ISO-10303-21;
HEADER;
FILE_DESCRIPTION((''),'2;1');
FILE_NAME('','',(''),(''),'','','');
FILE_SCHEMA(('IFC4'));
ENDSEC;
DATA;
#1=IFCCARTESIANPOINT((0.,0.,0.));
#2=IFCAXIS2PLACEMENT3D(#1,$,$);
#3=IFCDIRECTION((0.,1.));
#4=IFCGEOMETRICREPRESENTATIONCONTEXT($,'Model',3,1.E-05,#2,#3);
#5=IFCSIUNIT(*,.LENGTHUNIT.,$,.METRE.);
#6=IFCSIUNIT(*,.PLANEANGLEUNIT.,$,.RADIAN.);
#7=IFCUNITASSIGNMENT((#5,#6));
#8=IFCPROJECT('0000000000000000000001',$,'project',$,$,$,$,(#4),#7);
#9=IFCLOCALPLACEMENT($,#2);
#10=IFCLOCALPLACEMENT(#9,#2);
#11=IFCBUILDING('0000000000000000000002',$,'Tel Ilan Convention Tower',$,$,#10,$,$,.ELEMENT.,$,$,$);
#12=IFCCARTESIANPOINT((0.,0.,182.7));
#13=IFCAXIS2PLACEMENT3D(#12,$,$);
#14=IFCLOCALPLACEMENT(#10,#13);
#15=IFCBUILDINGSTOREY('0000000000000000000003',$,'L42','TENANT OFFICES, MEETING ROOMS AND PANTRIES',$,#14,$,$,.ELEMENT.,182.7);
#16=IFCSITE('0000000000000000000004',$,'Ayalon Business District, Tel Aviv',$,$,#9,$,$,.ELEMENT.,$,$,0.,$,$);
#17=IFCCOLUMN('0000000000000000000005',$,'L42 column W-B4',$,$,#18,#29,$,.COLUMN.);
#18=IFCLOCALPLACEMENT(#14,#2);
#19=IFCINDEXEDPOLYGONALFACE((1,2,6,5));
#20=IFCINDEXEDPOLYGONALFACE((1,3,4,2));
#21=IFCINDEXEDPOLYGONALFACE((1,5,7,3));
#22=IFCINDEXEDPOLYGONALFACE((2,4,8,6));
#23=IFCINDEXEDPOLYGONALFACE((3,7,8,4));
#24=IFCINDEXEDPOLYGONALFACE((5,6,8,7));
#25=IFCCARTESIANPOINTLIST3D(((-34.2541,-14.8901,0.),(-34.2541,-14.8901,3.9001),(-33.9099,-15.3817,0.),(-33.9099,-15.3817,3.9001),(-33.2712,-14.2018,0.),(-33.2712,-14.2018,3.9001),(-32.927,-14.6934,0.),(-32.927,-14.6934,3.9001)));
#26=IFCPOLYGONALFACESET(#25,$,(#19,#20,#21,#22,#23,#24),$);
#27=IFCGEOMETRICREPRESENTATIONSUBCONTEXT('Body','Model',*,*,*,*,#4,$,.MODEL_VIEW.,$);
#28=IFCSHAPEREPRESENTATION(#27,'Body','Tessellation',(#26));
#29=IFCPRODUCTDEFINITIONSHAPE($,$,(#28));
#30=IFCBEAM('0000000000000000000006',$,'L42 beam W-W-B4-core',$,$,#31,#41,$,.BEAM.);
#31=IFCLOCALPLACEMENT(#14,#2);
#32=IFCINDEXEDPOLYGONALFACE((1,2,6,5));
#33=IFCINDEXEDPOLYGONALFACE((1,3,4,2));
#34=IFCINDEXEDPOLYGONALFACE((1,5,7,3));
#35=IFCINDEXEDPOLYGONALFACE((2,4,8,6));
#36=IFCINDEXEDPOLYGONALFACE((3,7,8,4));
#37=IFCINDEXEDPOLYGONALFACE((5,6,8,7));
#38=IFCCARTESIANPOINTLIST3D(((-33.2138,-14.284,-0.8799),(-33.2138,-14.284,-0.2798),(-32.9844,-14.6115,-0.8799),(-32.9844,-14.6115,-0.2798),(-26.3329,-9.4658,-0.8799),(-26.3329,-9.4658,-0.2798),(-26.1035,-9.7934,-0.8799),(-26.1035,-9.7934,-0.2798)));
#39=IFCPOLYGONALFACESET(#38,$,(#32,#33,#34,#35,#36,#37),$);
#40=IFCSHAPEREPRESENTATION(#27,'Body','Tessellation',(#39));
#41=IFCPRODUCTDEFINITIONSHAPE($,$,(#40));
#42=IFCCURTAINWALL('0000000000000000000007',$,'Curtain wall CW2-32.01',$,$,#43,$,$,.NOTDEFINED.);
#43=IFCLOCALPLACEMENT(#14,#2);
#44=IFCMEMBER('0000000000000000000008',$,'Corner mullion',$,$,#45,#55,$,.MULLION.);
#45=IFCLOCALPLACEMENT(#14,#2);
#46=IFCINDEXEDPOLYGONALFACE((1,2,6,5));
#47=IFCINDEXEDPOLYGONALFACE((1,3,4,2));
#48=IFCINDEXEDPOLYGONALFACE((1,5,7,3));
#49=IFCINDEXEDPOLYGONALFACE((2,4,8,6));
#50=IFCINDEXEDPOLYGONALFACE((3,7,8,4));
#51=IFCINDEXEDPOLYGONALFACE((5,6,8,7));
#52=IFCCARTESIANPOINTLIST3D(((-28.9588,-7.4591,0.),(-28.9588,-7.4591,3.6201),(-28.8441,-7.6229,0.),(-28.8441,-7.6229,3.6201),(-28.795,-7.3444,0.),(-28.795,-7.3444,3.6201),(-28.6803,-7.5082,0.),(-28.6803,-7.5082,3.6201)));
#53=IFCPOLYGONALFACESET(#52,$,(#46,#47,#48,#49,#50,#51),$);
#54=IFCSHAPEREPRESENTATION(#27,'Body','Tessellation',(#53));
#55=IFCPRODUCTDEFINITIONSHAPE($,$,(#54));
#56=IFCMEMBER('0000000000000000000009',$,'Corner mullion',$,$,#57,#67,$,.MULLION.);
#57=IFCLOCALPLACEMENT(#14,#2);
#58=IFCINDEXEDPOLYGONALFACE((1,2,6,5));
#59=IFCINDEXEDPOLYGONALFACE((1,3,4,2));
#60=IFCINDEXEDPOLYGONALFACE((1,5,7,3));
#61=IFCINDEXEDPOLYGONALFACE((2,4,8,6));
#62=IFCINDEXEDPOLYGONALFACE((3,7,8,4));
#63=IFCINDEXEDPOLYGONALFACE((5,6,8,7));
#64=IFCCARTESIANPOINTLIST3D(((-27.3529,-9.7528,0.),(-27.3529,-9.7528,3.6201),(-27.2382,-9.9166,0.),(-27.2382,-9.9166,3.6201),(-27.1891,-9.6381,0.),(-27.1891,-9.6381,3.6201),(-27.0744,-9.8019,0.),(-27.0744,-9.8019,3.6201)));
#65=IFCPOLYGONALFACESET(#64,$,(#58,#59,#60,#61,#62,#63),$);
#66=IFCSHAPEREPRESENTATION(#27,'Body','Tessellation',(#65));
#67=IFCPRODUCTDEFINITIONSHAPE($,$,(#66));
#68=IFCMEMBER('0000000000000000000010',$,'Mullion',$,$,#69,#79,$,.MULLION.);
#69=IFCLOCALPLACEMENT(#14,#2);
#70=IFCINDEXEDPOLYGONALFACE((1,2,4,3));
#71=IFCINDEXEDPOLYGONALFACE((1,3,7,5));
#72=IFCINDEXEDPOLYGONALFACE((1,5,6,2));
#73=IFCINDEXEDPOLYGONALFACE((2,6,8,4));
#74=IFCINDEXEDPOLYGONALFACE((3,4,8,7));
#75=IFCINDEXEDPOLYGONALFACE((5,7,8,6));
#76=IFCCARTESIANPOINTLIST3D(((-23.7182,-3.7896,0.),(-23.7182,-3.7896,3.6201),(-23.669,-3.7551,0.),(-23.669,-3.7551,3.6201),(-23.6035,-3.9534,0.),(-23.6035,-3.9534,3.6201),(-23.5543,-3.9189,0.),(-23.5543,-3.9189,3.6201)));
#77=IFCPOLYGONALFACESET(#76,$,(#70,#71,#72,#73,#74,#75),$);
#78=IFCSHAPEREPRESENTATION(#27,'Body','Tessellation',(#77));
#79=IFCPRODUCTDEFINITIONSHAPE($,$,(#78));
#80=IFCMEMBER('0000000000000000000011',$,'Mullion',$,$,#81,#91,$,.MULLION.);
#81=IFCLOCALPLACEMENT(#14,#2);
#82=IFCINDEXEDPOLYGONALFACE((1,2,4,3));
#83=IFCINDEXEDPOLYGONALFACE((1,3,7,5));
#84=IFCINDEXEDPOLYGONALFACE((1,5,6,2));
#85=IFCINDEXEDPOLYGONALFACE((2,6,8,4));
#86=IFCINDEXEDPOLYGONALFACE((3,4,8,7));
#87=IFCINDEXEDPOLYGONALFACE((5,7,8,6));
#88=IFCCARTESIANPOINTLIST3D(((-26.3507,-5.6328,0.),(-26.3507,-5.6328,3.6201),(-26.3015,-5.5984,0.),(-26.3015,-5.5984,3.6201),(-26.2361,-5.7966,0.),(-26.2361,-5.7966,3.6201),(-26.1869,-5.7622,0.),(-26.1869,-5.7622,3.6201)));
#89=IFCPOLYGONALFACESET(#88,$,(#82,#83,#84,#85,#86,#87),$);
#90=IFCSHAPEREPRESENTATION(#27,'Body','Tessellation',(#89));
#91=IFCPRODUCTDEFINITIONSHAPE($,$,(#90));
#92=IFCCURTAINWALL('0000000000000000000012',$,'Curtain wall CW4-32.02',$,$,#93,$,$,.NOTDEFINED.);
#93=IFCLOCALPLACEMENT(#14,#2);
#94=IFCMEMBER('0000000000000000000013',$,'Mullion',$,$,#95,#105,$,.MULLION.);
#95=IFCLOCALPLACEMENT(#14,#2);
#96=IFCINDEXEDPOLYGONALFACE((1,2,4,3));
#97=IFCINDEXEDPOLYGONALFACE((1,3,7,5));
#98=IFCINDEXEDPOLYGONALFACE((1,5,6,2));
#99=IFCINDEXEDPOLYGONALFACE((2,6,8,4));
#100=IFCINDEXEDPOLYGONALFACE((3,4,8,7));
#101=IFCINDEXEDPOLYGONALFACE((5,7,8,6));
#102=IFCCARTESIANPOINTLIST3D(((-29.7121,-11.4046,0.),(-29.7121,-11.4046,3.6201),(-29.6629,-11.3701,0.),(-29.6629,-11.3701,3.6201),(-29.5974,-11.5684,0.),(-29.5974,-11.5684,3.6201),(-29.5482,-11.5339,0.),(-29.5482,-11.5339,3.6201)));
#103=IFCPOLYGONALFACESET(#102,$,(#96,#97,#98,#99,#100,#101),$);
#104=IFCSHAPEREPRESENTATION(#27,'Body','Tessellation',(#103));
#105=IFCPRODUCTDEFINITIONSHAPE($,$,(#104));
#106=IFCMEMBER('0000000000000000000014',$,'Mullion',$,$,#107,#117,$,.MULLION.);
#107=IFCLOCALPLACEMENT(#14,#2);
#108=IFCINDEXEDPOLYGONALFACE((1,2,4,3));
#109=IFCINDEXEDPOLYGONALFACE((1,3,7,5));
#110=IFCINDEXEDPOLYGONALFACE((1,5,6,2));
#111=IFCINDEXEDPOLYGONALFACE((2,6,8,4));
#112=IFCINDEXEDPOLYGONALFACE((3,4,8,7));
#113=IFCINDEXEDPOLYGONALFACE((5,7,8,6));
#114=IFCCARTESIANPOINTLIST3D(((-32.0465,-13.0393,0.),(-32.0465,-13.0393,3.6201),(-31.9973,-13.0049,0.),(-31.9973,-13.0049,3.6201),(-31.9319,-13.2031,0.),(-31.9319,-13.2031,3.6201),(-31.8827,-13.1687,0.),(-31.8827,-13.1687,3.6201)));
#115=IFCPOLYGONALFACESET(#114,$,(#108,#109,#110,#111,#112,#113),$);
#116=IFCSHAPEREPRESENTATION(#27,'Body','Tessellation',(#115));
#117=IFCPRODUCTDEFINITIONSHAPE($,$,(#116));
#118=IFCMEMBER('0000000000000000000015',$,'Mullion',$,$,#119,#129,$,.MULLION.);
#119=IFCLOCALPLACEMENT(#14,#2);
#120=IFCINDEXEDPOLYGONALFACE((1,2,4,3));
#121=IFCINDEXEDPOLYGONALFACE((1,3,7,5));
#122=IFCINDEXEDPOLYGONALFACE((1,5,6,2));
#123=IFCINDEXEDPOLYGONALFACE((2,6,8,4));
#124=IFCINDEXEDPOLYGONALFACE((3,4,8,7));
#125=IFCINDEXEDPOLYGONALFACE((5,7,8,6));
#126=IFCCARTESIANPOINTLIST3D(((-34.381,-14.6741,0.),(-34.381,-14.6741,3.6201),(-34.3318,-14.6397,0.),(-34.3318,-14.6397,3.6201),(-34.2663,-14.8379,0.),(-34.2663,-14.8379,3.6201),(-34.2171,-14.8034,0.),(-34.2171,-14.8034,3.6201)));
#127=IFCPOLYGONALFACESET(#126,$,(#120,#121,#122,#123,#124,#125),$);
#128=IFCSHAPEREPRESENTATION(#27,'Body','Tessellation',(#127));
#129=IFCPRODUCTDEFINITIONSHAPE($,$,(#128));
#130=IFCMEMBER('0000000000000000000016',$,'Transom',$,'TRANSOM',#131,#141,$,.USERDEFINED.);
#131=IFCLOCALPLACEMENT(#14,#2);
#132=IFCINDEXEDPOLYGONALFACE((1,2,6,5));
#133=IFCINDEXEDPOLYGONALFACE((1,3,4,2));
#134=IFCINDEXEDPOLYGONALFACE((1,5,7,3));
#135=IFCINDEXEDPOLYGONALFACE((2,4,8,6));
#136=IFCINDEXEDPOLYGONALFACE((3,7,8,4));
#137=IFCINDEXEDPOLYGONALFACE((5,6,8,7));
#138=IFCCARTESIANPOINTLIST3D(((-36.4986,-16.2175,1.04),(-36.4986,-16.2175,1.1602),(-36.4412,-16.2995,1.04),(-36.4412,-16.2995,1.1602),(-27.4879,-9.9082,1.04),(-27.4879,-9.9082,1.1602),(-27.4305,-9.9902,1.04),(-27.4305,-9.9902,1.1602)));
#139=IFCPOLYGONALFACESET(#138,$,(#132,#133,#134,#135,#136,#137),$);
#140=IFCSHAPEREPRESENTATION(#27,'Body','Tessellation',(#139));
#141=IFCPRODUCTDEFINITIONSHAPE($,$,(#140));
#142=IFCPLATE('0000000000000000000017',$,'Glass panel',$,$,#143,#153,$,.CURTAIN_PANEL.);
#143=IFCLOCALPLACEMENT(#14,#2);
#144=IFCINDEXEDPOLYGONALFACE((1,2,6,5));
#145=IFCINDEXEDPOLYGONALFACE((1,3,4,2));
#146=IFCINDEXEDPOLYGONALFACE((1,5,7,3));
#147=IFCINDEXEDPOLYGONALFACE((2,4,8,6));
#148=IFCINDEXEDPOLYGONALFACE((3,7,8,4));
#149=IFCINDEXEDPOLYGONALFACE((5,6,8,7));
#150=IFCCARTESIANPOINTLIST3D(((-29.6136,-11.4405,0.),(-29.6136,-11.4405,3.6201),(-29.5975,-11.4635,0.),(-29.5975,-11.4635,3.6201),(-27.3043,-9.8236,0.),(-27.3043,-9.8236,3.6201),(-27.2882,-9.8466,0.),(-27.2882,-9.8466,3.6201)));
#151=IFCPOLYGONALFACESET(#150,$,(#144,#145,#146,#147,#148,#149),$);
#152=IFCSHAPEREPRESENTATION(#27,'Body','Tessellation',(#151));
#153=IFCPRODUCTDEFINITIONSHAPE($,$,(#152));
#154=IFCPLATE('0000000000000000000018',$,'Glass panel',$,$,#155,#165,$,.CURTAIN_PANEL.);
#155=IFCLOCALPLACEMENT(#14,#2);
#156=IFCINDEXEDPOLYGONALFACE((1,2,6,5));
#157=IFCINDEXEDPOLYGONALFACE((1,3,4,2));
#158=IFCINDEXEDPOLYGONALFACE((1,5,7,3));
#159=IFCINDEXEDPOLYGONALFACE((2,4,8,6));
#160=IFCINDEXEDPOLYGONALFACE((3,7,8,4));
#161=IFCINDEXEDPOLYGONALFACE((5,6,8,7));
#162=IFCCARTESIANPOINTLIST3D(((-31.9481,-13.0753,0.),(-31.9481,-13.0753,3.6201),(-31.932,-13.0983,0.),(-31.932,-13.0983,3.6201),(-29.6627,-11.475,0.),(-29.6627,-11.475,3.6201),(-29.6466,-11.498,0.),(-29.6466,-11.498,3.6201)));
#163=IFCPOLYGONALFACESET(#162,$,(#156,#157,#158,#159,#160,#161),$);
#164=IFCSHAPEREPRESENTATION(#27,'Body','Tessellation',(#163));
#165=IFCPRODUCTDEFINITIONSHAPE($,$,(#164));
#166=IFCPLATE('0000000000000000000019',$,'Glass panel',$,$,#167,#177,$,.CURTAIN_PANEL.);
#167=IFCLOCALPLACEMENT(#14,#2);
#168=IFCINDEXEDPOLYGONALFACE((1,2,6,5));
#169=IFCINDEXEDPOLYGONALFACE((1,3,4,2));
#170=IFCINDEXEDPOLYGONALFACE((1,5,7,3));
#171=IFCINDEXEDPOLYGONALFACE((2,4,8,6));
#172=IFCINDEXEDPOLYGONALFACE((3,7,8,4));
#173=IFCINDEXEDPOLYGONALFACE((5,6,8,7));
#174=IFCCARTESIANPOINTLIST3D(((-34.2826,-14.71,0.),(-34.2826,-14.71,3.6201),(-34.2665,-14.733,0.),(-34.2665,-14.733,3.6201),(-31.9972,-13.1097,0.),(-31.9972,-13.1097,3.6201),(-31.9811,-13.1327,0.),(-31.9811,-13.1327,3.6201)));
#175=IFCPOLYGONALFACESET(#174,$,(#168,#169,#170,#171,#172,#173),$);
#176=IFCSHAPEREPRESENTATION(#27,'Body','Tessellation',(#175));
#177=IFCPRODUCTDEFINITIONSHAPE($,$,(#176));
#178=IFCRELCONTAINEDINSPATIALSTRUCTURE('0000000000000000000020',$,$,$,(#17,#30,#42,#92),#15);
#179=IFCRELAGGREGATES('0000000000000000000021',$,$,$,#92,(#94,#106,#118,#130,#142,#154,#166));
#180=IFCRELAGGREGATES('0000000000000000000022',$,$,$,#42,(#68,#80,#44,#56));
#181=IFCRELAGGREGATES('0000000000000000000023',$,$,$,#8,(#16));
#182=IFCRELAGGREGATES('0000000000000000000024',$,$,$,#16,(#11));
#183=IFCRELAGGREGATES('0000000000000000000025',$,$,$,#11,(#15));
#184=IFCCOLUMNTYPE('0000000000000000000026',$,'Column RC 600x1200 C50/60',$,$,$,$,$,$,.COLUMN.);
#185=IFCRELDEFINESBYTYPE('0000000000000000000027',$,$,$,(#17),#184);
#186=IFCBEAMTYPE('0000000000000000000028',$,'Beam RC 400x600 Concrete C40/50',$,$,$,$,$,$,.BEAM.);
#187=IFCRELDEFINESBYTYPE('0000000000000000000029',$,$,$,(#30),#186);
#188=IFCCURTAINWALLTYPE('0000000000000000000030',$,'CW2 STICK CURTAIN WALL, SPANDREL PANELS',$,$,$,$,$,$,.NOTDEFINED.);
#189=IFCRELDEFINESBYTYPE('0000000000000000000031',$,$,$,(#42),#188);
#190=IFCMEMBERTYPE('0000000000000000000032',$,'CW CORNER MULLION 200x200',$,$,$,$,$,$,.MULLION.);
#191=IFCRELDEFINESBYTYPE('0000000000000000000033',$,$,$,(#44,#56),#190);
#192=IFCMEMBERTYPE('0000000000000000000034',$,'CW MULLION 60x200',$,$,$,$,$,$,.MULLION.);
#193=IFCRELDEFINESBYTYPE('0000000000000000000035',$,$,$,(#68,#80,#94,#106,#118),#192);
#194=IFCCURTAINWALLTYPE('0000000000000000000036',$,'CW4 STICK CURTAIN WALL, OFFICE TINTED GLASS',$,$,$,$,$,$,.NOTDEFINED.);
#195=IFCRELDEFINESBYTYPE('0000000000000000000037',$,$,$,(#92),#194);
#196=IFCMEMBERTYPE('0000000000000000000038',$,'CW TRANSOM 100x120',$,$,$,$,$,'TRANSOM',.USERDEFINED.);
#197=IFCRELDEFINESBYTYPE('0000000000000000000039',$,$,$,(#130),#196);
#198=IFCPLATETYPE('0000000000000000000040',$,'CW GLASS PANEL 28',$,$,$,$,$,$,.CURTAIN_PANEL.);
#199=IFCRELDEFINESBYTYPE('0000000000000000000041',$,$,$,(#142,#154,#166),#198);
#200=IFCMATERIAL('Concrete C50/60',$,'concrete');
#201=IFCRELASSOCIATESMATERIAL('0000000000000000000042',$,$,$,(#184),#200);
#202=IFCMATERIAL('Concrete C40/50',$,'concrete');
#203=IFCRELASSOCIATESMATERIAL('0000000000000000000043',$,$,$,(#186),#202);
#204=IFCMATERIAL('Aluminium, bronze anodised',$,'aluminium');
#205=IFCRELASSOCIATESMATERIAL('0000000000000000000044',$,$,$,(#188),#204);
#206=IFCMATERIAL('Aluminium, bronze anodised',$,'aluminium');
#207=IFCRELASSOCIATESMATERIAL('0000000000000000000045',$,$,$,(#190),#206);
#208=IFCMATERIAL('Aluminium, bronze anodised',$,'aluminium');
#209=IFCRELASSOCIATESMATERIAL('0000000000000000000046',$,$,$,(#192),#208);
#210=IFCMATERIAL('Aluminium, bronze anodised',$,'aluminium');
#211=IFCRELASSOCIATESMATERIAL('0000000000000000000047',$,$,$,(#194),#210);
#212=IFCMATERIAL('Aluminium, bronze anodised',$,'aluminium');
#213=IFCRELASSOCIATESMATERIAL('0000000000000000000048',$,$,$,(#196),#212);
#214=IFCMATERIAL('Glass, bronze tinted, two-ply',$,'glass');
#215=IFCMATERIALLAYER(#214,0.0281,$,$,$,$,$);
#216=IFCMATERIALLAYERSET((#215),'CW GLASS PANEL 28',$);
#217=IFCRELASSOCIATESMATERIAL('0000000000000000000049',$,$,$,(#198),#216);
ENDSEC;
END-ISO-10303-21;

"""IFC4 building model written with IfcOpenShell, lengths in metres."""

from ifc_helpers import new_model, si_unit, direction, frame, origin, origin_2d, place, context, subcontext, project, spatial, rectangle, extrude, material, layer, layer_set, material_profile, profile_set, type_object, element, aggregate, save


model = new_model("IFC4")

# Units and contexts
model_context = context("Model", 3, precision=1e-05, world=origin(), true_north=direction((0.0, 1.0)))
body_context = subcontext(model_context, "Body", "Model", "MODEL_VIEW")
ifc_project = project(units=[si_unit("LENGTHUNIT", "METRE"), si_unit("PLANEANGLEUNIT", "RADIAN")], contexts=[model_context])

# Site, building, storey
site_placement = place(None, origin())
site = spatial("IfcSite", under=ifc_project, at=site_placement, Name="Ayalon Business District, Tel Aviv", CompositionType="ELEMENT", RefElevation=0.0)
building_placement = place(site_placement, origin())
building = spatial("IfcBuilding", under=site, at=building_placement, Name="Tel Ilan Convention Tower", CompositionType="ELEMENT")
storey_placement = place(building_placement, frame((0.0, 0.0, 182.7)))
storey = spatial("IfcBuildingStorey", under=building, at=storey_placement, Name="L42", Description="TENANT OFFICES, MEETING ROOMS AND PANTRIES", CompositionType="ELEMENT", Elevation=182.7)

# Column
ifc_material_1 = material(Name="Concrete C50/60", Category="concrete")
ifc_material_profile_1 = material_profile(ifc_material_1, rectangle(XDim=1.2, YDim=0.6001, at=origin_2d()), Name="RC 600x1200")
ifc_profile_set_1 = profile_set([ifc_material_profile_1], Name="Concrete C50/60")
column_type = type_object("IfcColumnType", Name="Column RC 600x1200 C50/60", PredefinedType="COLUMN", material=ifc_profile_set_1)
column_placement = place(storey_placement, frame((-33.5906, -14.7917, 0.0), z_axis=(0.0, 0.0, 1.0), x_axis=(-0.819152, -0.573576, 0.0)))
element("IfcColumn", 1, at=column_placement, inside=storey, type_object=column_type, Name="L42 column W-B4", PredefinedType="COLUMN", context=body_context, shape_type="SweptSolid", body=[
    extrude(rectangle(XDim=1.2, YDim=0.6001, at=origin_2d()), origin(), (0.0, 0.0, 1.0), 3.9001),
])

# Beam
ifc_material_2 = material(Name="Concrete C40/50", Category="concrete")
ifc_material_profile_2 = material_profile(ifc_material_2, rectangle(XDim=0.3999, YDim=0.6001, at=origin_2d()), Name="RC 400x600")
ifc_profile_set_2 = profile_set([ifc_material_profile_2], Name="Concrete C40/50")
beam_type = type_object("IfcBeamType", Name="Beam RC 400x600 Concrete C40/50", PredefinedType="BEAM", material=ifc_profile_set_2)
beam_placement = place(storey_placement, frame((-33.0991, -14.4478, -0.5798), z_axis=(0.819147, 0.573583, 0.0), x_axis=(-0.573583, 0.819147, 0.0)))
element("IfcBeam", 2, at=beam_placement, inside=storey, type_object=beam_type, Name="L42 beam W-W-B4-core", PredefinedType="BEAM", context=body_context, shape_type="SweptSolid", body=[
    extrude(rectangle(XDim=0.3999, YDim=0.6001, at=origin_2d()), origin(), (0.0, 0.0, 1.0), 8.4001),
])

# Curtain wall, members
ifc_material_3 = material(Name="Aluminium, bronze anodised", Category="aluminium")
curtain_wall_type_1 = type_object("IfcCurtainWallType", Name="CW2 STICK CURTAIN WALL, SPANDREL PANELS", PredefinedType="NOTDEFINED", material=ifc_material_3)
curtain_wall_1_placement = place(storey_placement, origin())
curtain_wall_1 = element("IfcCurtainWall", 3, at=curtain_wall_1_placement, inside=storey, type_object=curtain_wall_type_1, Name="Curtain wall CW2-32.01", PredefinedType="NOTDEFINED")
ifc_material_4 = material(Name="Aluminium, bronze anodised", Category="aluminium")
ifc_material_profile_3 = material_profile(ifc_material_4, rectangle(XDim=0.2, YDim=0.2, at=origin_2d()), Name="CW CORNER MULLION 200x200")
ifc_profile_set_3 = profile_set([ifc_material_profile_3], Name="Aluminium, bronze anodised")
member_type_1 = type_object("IfcMemberType", Name="CW CORNER MULLION 200x200", PredefinedType="MULLION", material=ifc_profile_set_3)
member_1_placement = place(storey_placement, frame((-28.8196, -7.4836, 0.0), z_axis=(0.0, 0.0, 1.0), x_axis=(-0.819152, -0.573576, 0.0)))
member_1 = element("IfcMember", 4, at=member_1_placement, type_object=member_type_1, Name="Corner mullion", PredefinedType="MULLION", context=body_context, shape_type="SweptSolid", body=[
    extrude(rectangle(XDim=0.2, YDim=0.2, at=origin_2d()), origin(), (0.0, 0.0, 1.0), 3.6201),
])
member_2_placement = place(storey_placement, frame((-27.2136, -9.7773, 0.0), z_axis=(0.0, 0.0, 1.0), x_axis=(0.573576, -0.819152, 0.0)))
member_2 = element("IfcMember", 5, at=member_2_placement, type_object=member_type_1, Name="Corner mullion", PredefinedType="MULLION", context=body_context, shape_type="SweptSolid", body=[
    extrude(rectangle(XDim=0.2, YDim=0.2, at=origin_2d()), origin(), (0.0, 0.0, 1.0), 3.6201),
])
ifc_material_5 = material(Name="Aluminium, bronze anodised", Category="aluminium")
ifc_material_profile_4 = material_profile(ifc_material_5, rectangle(XDim=0.0601, YDim=0.2, at=origin_2d()), Name="CW MULLION 60x200")
ifc_profile_set_4 = profile_set([ifc_material_profile_4], Name="Aluminium, bronze anodised")
member_type_2 = type_object("IfcMemberType", Name="CW MULLION 60x200", PredefinedType="MULLION", material=ifc_profile_set_4)
member_3_placement = place(storey_placement, frame((-23.6362, -3.8542, 0.0), z_axis=(0.0, 0.0, 1.0), x_axis=(-0.819152, -0.573576, 0.0)))
member_3 = element("IfcMember", 6, at=member_3_placement, type_object=member_type_2, Name="Mullion", PredefinedType="MULLION", context=body_context, shape_type="SweptSolid", body=[
    extrude(rectangle(XDim=0.0601, YDim=0.2, at=origin_2d()), origin(), (0.0, 0.0, 1.0), 3.6201),
])
member_4_placement = place(storey_placement, frame((-26.2688, -5.6975, 0.0), z_axis=(0.0, 0.0, 1.0), x_axis=(-0.819152, -0.573576, 0.0)))
member_4 = element("IfcMember", 7, at=member_4_placement, type_object=member_type_2, Name="Mullion", PredefinedType="MULLION", context=body_context, shape_type="SweptSolid", body=[
    extrude(rectangle(XDim=0.0601, YDim=0.2, at=origin_2d()), origin(), (0.0, 0.0, 1.0), 3.6201),
])

# Curtain wall, members, plates
ifc_material_6 = material(Name="Aluminium, bronze anodised", Category="aluminium")
curtain_wall_type_2 = type_object("IfcCurtainWallType", Name="CW4 STICK CURTAIN WALL, OFFICE TINTED GLASS", PredefinedType="NOTDEFINED", material=ifc_material_6)
curtain_wall_2_placement = place(storey_placement, origin())
curtain_wall_2 = element("IfcCurtainWall", 8, at=curtain_wall_2_placement, inside=storey, type_object=curtain_wall_type_2, Name="Curtain wall CW4-32.02", PredefinedType="NOTDEFINED")
member_5_placement = place(storey_placement, frame((-29.6301, -11.4692, 0.0), z_axis=(0.0, 0.0, 1.0), x_axis=(-0.819152, -0.573576, 0.0)))
member_5 = element("IfcMember", 9, at=member_5_placement, type_object=member_type_2, Name="Mullion", PredefinedType="MULLION", context=body_context, shape_type="SweptSolid", body=[
    extrude(rectangle(XDim=0.0601, YDim=0.2, at=origin_2d()), origin(), (0.0, 0.0, 1.0), 3.6201),
])
member_6_placement = place(storey_placement, frame((-31.9646, -13.104, 0.0), z_axis=(0.0, 0.0, 1.0), x_axis=(-0.819152, -0.573576, 0.0)))
member_6 = element("IfcMember", 10, at=member_6_placement, type_object=member_type_2, Name="Mullion", PredefinedType="MULLION", context=body_context, shape_type="SweptSolid", body=[
    extrude(rectangle(XDim=0.0601, YDim=0.2, at=origin_2d()), origin(), (0.0, 0.0, 1.0), 3.6201),
])
member_7_placement = place(storey_placement, frame((-34.2991, -14.7388, 0.0), z_axis=(0.0, 0.0, 1.0), x_axis=(-0.819152, -0.573576, 0.0)))
member_7 = element("IfcMember", 11, at=member_7_placement, type_object=member_type_2, Name="Mullion", PredefinedType="MULLION", context=body_context, shape_type="SweptSolid", body=[
    extrude(rectangle(XDim=0.0601, YDim=0.2, at=origin_2d()), origin(), (0.0, 0.0, 1.0), 3.6201),
])
ifc_material_7 = material(Name="Aluminium, bronze anodised", Category="aluminium")
ifc_material_profile_5 = material_profile(ifc_material_7, rectangle(XDim=0.1001, YDim=0.1201, at=origin_2d()), Name="CW TRANSOM 100x120")
ifc_profile_set_5 = profile_set([ifc_material_profile_5], Name="Aluminium, bronze anodised")
member_type_3 = type_object("IfcMemberType", Name="CW TRANSOM 100x120", ElementType="TRANSOM", PredefinedType="USERDEFINED", material=ifc_profile_set_5)
member_8_placement = place(storey_placement, frame((-27.4592, -9.9492, 1.1001), z_axis=(-0.819155, -0.573573, 0.0), x_axis=(0.573573, -0.819155, 0.0)))
member_8 = element("IfcMember", 12, at=member_8_placement, type_object=member_type_3, Name="Transom", ObjectType="TRANSOM", PredefinedType="USERDEFINED", context=body_context, shape_type="SweptSolid", body=[
    extrude(rectangle(XDim=0.1001, YDim=0.1201, at=origin_2d()), origin(), (0.0, 0.0, 1.0), 11.0),
])
ifc_material_8 = material(Name="Glass, bronze tinted, two-ply", Category="glass")
ifc_layer_1 = layer(ifc_material_8, 0.0281)
ifc_layer_set_1 = layer_set([ifc_layer_1], Name="CW GLASS PANEL 28")
plate_type_1 = type_object("IfcPlateType", Name="CW GLASS PANEL 28", PredefinedType="CURTAIN_PANEL", material=ifc_layer_set_1)
plate_1_placement = place(storey_placement, frame((-28.4509, -10.6436, 0.0), z_axis=(0.0, 0.0, 1.0), x_axis=(-0.819152, -0.573576, 0.0)))
plate_1 = element("IfcPlate", 13, at=plate_1_placement, type_object=plate_type_1, Name="Glass panel", PredefinedType="CURTAIN_PANEL", context=body_context, shape_type="SweptSolid", body=[
    extrude(rectangle(XDim=2.8191, YDim=0.0281, at=origin_2d()), origin(), (0.0, 0.0, 1.0), 3.6201),
])
plate_2_placement = place(storey_placement, frame((-30.7974, -12.2866, 0.0), z_axis=(0.0, 0.0, 1.0), x_axis=(-0.819152, -0.573576, 0.0)))
plate_2 = element("IfcPlate", 14, at=plate_2_placement, type_object=plate_type_1, Name="Glass panel", PredefinedType="CURTAIN_PANEL", context=body_context, shape_type="SweptSolid", body=[
    extrude(rectangle(XDim=2.79, YDim=0.0281, at=origin_2d()), origin(), (0.0, 0.0, 1.0), 3.6201),
])
plate_3_placement = place(storey_placement, frame((-33.1318, -13.9214, 0.0), z_axis=(0.0, 0.0, 1.0), x_axis=(-0.819152, -0.573576, 0.0)))
plate_3 = element("IfcPlate", 15, at=plate_3_placement, type_object=plate_type_1, Name="Glass panel", PredefinedType="CURTAIN_PANEL", context=body_context, shape_type="SweptSolid", body=[
    extrude(rectangle(XDim=2.79, YDim=0.0281, at=origin_2d()), origin(), (0.0, 0.0, 1.0), 3.6201),
])
aggregate(curtain_wall_2, [member_5, member_6, member_7, member_8, plate_1, plate_2, plate_3])

aggregate(curtain_wall_1, [member_3, member_4, member_1, member_2])

save(model, "model.ifc")
